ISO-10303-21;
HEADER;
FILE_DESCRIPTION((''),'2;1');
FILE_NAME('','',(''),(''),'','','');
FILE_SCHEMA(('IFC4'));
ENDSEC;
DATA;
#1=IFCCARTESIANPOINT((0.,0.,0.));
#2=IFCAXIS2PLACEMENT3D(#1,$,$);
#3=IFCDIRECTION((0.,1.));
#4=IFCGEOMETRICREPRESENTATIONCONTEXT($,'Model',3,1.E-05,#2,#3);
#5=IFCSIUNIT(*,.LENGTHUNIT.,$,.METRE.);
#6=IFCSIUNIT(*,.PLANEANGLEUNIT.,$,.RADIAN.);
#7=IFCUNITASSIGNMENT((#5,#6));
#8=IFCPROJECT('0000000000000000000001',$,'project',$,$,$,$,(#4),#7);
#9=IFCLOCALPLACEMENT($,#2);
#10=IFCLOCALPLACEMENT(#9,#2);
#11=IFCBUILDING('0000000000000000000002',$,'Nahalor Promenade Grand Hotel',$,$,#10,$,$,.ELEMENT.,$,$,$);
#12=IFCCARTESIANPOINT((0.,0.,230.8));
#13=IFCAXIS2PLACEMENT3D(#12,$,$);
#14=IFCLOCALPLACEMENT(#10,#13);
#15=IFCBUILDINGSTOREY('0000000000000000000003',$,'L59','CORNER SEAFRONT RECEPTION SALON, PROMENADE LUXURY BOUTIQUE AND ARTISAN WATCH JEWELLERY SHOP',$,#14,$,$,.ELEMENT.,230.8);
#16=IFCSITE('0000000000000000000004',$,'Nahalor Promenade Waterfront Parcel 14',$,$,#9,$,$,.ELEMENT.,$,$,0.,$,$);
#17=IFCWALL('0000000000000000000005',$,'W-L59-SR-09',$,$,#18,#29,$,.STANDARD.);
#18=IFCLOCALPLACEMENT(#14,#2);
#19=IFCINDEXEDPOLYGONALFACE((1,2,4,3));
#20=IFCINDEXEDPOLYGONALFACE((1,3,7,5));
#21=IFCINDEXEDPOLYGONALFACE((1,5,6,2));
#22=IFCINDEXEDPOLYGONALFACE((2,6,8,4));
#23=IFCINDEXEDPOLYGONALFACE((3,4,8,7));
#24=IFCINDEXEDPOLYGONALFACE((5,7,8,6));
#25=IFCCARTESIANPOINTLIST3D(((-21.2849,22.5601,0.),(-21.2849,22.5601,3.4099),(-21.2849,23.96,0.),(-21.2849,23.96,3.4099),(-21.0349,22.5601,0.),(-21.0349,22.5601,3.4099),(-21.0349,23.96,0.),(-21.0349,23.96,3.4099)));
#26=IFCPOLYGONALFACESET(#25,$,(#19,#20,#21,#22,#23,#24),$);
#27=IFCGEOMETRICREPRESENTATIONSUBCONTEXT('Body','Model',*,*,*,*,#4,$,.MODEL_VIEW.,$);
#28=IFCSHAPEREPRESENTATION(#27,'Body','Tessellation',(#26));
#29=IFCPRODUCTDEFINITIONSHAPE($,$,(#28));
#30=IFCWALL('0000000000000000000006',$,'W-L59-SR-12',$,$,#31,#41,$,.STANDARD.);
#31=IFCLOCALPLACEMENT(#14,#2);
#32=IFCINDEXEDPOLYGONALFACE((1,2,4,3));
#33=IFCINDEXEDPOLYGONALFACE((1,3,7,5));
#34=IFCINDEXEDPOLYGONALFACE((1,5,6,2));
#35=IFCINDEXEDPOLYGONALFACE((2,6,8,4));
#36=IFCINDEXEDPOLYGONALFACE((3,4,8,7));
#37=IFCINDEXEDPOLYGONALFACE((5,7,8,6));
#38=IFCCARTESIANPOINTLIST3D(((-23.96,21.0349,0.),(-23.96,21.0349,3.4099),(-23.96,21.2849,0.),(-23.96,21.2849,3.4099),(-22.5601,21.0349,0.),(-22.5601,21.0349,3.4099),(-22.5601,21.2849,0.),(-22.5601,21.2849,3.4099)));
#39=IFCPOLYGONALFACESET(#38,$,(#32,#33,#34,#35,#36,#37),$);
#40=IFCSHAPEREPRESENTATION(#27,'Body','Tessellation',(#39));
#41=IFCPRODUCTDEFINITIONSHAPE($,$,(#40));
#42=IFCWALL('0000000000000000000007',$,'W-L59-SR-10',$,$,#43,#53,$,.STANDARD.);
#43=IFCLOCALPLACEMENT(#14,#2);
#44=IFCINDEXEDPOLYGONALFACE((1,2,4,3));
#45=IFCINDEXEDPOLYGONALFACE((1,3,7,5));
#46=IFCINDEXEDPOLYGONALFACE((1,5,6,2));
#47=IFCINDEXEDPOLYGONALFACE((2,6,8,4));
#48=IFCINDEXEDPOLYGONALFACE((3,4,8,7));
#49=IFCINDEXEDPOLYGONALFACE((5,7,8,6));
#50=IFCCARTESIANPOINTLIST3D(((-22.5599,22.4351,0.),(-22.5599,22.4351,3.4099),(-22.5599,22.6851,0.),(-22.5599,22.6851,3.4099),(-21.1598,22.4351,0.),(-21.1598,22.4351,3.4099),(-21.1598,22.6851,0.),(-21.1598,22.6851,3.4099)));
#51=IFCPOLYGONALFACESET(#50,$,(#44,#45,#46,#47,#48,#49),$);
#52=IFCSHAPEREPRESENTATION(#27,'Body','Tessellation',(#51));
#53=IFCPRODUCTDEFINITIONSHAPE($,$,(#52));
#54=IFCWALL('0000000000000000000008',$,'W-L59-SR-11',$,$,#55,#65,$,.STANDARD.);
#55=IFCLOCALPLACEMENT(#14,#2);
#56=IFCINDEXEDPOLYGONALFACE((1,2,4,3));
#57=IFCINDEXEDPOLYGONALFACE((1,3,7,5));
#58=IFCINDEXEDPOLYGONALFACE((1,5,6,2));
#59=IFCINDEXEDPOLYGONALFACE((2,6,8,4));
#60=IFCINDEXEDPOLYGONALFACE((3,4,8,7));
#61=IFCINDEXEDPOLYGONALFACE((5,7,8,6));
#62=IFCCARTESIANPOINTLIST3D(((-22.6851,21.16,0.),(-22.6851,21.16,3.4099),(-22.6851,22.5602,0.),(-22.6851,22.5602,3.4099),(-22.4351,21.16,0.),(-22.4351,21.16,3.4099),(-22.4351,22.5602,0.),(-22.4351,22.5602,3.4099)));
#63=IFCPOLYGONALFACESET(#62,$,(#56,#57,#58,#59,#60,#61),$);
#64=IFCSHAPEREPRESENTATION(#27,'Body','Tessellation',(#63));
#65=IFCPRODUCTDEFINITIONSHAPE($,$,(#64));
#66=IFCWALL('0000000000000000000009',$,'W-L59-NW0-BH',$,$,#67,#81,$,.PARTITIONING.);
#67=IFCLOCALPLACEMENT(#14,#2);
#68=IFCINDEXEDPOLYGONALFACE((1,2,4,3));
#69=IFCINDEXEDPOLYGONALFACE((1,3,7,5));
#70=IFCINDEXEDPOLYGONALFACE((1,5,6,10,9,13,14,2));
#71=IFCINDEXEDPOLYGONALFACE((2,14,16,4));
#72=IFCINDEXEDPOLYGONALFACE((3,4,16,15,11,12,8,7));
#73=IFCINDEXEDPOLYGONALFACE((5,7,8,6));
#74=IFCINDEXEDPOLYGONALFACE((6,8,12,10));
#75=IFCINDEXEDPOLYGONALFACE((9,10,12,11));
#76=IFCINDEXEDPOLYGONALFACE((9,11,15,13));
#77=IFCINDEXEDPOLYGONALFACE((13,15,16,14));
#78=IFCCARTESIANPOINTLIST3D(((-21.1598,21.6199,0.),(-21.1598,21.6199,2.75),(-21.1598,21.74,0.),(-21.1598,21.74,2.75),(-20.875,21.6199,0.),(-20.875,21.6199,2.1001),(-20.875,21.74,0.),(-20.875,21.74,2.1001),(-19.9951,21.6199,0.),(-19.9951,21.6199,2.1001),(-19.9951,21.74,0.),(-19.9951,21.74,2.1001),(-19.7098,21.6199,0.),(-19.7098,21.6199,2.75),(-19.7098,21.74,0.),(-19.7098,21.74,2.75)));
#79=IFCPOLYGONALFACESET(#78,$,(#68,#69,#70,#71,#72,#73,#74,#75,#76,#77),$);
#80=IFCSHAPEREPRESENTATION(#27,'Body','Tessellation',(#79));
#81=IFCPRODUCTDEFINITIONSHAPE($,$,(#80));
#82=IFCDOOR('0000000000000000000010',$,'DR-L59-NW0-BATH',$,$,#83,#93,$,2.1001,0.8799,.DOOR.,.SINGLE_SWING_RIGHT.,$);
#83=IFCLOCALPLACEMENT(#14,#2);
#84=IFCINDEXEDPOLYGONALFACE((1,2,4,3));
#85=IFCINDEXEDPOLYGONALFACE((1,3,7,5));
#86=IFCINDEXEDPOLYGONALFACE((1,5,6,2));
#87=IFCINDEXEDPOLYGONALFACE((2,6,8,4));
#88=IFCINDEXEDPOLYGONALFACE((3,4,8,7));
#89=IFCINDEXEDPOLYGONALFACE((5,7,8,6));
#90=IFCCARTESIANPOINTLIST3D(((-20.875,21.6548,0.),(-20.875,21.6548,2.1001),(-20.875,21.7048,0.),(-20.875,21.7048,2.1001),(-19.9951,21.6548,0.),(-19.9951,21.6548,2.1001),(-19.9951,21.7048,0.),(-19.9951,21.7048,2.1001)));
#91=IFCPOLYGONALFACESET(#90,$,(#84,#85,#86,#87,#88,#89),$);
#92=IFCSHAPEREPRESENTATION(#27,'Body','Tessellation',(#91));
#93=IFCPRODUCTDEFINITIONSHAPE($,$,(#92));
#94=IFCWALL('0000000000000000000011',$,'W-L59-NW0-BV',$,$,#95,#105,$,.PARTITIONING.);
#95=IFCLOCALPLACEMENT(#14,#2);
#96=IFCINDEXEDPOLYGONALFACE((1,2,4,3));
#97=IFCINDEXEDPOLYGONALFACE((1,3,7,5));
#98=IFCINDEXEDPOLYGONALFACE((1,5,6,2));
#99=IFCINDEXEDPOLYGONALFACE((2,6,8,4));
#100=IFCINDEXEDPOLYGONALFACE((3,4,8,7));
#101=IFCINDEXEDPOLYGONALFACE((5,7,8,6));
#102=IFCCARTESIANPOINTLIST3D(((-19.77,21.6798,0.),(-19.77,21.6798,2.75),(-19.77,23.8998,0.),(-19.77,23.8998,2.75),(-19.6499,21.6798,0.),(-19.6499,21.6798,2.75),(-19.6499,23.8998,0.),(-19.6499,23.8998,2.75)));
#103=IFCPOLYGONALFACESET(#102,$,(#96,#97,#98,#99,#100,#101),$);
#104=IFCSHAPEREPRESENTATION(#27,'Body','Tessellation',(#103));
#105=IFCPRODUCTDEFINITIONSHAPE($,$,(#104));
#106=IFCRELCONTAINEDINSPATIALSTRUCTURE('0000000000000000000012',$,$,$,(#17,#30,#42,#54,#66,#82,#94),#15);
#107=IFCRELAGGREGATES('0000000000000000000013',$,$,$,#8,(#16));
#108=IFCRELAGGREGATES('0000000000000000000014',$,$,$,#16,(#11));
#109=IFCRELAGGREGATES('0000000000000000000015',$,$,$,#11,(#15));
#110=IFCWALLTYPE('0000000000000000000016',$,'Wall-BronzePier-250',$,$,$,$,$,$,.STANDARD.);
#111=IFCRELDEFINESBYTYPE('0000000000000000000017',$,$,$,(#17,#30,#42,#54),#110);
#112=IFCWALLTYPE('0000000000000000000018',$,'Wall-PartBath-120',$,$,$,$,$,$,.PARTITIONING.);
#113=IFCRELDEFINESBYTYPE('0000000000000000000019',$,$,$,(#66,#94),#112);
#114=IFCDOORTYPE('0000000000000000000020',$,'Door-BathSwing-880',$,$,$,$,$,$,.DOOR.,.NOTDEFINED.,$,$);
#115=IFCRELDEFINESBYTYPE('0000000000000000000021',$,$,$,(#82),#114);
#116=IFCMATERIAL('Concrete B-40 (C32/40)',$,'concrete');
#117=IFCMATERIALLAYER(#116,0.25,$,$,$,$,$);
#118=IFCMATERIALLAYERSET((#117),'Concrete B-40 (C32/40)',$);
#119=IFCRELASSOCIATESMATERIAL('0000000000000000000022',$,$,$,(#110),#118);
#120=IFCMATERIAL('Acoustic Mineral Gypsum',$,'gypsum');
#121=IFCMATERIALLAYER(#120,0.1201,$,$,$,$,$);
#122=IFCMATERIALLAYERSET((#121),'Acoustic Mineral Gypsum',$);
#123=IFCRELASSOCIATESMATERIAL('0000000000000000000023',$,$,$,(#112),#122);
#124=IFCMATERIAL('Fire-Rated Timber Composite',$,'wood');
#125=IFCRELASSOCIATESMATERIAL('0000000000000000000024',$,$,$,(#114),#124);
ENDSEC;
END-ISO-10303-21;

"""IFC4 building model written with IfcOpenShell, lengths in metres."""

from ifc_helpers import new_model, si_unit, direction, frame, frame_2d, origin, place, context, subcontext, project, spatial, rectangle, extrude, source, transform, mapped, material, layer, layer_set, type_object, element, fill, save


model = new_model("IFC4")

# Units and contexts
model_context = context("Model", 3, precision=1e-05, world=origin(), true_north=direction((0.0, 1.0)))
body_context = subcontext(model_context, "Body", "Model", "MODEL_VIEW")
ifc_project = project(units=[si_unit("LENGTHUNIT", "METRE"), si_unit("PLANEANGLEUNIT", "RADIAN")], contexts=[model_context])

# Site, building, storey
site_placement = place(None, origin())
site = spatial("IfcSite", under=ifc_project, at=site_placement, Name="Nahalor Promenade Waterfront Parcel 14", CompositionType="ELEMENT", RefElevation=0.0)
building_placement = place(site_placement, origin())
building = spatial("IfcBuilding", under=site, at=building_placement, Name="Nahalor Promenade Grand Hotel", CompositionType="ELEMENT")
storey_placement = place(building_placement, frame((0.0, 0.0, 230.8)))
storey = spatial("IfcBuildingStorey", under=building, at=storey_placement, Name="L59", Description="CORNER SEAFRONT RECEPTION SALON, PROMENADE LUXURY BOUTIQUE AND ARTISAN WATCH JEWELLERY SHOP", CompositionType="ELEMENT", Elevation=230.8)

# Walls
ifc_material_1 = material(Name="Concrete B-40 (C32/40)", Category="concrete")
ifc_layer_1 = layer(ifc_material_1, 0.25)
ifc_layer_set_1 = layer_set([ifc_layer_1], Name="Concrete B-40 (C32/40)")
wall_type_1 = type_object("IfcWallType", Name="Wall-BronzePier-250", PredefinedType="STANDARD", material=ifc_layer_set_1)
shared_shape_1 = source(origin(), body_context, "Body", "SweptSolid", [
    extrude(rectangle(XDim=1.3999, YDim=0.25, at=frame_2d((0.7, 0.0))), origin(), (0.0, 0.0, 1.0), 3.4099),
])
for number, where, z_axis, x_axis, name in (
    (1, (-21.1599, 22.5601, 0.0), (0.0, 0.0, 1.0), (0.0, 1.0, 0.0), "W-L59-SR-09"),
    (2, (-23.96, 21.1599, 0.0), (0.0, 0.0, 1.0), (1.0, 0.0, 0.0), "W-L59-SR-12"),
):
    element("IfcWall", number, at=place(storey_placement, frame(where, z_axis=z_axis, x_axis=x_axis)), inside=storey, type_object=wall_type_1, Name=name, PredefinedType="STANDARD", context=body_context, shape_type="MappedRepresentation", body=[
        mapped(shared_shape_1, transform((0.0, 0.0, 0.0), scale=1.0)),
    ])
shared_shape_2 = source(origin(), body_context, "Body", "SweptSolid", [
    extrude(rectangle(XDim=1.4001, YDim=0.25, at=frame_2d((0.7002, 0.0))), origin(), (0.0, 0.0, 1.0), 3.4099),
])
for number, where, z_axis, x_axis, name in (
    (3, (-22.5601, 22.5601, 0.0), (0.0, 0.0, 1.0), (1.0, 0.0, 0.0), "W-L59-SR-10"),
    (4, (-22.5601, 21.1599, 0.0), (0.0, 0.0, 1.0), (0.0, 1.0, 0.0), "W-L59-SR-11"),
):
    element("IfcWall", number, at=place(storey_placement, frame(where, z_axis=z_axis, x_axis=x_axis)), inside=storey, type_object=wall_type_1, Name=name, PredefinedType="STANDARD", context=body_context, shape_type="MappedRepresentation", body=[
        mapped(shared_shape_2, transform((0.0, 0.0, 0.0), scale=1.0)),
    ])

# Wall, opening, door
ifc_material_2 = material(Name="Acoustic Mineral Gypsum", Category="gypsum")
ifc_layer_2 = layer(ifc_material_2, 0.1201)
ifc_layer_set_2 = layer_set([ifc_layer_2], Name="Acoustic Mineral Gypsum")
wall_type_2 = type_object("IfcWallType", Name="Wall-PartBath-120", PredefinedType="PARTITIONING", material=ifc_layer_set_2)
shared_shape_3 = source(origin(), body_context, "Body", "SweptSolid", [
    extrude(rectangle(XDim=1.45, YDim=0.1201, at=frame_2d((0.7251, 0.0))), origin(), (0.0, 0.0, 1.0), 2.75),
])
wall_1_placement = place(storey_placement, frame((-21.1599, 21.6799, 0.0), z_axis=(0.0, 0.0, 1.0), x_axis=(1.0, 0.0, 0.0)))
wall_1 = element("IfcWall", 5, at=wall_1_placement, inside=storey, type_object=wall_type_2, Name="W-L59-NW0-BH", PredefinedType="PARTITIONING", context=body_context, shape_type="MappedRepresentation", body=[
    mapped(shared_shape_3, transform((0.0, 0.0, 0.0), scale=1.0)),
])
opening_placement = place(wall_1_placement, frame((0.2849, 0.0, 0.0)))
opening = element("IfcOpeningElement", 6, at=opening_placement, cuts=wall_1, PredefinedType="OPENING", context=body_context, shape_type="SweptSolid", body=[
    extrude(rectangle(XDim=0.8799, YDim=2.1001, at=frame_2d((0.4399, 1.05))), frame((0.0, 0.0701, 0.0), z_axis=(0.0, -1.0, 0.0), x_axis=(1.0, 0.0, 0.0)), (0.0, 0.0, 1.0), 0.1401),
])
ifc_material_3 = material(Name="Fire-Rated Timber Composite", Category="wood")
door_type = type_object("IfcDoorType", Name="Door-BathSwing-880", OperationType="NOTDEFINED", PredefinedType="DOOR", material=ifc_material_3)
shared_shape_4 = source(origin(), body_context, "Body", "SweptSolid", [
    extrude(rectangle(XDim=0.8799, YDim=2.1001, at=frame_2d((0.4399, 1.05))), frame((0.0, 0.0249, 0.0), z_axis=(0.0, -1.0, 0.0), x_axis=(1.0, 0.0, 0.0)), (0.0, 0.0, 1.0), 0.05),
])
door_placement = place(opening_placement, origin())
door = element("IfcDoor", 7, at=door_placement, inside=storey, type_object=door_type, Name="DR-L59-NW0-BATH", OperationType="SINGLE_SWING_RIGHT", OverallHeight=2.1001, OverallWidth=0.8799, PredefinedType="DOOR", context=body_context, shape_type="MappedRepresentation", body=[
    mapped(shared_shape_4, transform((0.0, 0.0, 0.0), scale=1.0)),
])
fill(opening, door)

# Wall
shared_shape_5 = source(origin(), body_context, "Body", "SweptSolid", [
    extrude(rectangle(XDim=2.22, YDim=0.1201, at=frame_2d((1.1099, 0.0))), origin(), (0.0, 0.0, 1.0), 2.75),
])
wall_2_placement = place(storey_placement, frame((-19.71, 21.6799, 0.0), z_axis=(0.0, 0.0, 1.0), x_axis=(0.0, 1.0, 0.0)))
element("IfcWall", 8, at=wall_2_placement, inside=storey, type_object=wall_type_2, Name="W-L59-NW0-BV", PredefinedType="PARTITIONING", context=body_context, shape_type="MappedRepresentation", body=[
    mapped(shared_shape_5, transform((0.0, 0.0, 0.0), scale=1.0)),
])

save(model, "model.ifc")
